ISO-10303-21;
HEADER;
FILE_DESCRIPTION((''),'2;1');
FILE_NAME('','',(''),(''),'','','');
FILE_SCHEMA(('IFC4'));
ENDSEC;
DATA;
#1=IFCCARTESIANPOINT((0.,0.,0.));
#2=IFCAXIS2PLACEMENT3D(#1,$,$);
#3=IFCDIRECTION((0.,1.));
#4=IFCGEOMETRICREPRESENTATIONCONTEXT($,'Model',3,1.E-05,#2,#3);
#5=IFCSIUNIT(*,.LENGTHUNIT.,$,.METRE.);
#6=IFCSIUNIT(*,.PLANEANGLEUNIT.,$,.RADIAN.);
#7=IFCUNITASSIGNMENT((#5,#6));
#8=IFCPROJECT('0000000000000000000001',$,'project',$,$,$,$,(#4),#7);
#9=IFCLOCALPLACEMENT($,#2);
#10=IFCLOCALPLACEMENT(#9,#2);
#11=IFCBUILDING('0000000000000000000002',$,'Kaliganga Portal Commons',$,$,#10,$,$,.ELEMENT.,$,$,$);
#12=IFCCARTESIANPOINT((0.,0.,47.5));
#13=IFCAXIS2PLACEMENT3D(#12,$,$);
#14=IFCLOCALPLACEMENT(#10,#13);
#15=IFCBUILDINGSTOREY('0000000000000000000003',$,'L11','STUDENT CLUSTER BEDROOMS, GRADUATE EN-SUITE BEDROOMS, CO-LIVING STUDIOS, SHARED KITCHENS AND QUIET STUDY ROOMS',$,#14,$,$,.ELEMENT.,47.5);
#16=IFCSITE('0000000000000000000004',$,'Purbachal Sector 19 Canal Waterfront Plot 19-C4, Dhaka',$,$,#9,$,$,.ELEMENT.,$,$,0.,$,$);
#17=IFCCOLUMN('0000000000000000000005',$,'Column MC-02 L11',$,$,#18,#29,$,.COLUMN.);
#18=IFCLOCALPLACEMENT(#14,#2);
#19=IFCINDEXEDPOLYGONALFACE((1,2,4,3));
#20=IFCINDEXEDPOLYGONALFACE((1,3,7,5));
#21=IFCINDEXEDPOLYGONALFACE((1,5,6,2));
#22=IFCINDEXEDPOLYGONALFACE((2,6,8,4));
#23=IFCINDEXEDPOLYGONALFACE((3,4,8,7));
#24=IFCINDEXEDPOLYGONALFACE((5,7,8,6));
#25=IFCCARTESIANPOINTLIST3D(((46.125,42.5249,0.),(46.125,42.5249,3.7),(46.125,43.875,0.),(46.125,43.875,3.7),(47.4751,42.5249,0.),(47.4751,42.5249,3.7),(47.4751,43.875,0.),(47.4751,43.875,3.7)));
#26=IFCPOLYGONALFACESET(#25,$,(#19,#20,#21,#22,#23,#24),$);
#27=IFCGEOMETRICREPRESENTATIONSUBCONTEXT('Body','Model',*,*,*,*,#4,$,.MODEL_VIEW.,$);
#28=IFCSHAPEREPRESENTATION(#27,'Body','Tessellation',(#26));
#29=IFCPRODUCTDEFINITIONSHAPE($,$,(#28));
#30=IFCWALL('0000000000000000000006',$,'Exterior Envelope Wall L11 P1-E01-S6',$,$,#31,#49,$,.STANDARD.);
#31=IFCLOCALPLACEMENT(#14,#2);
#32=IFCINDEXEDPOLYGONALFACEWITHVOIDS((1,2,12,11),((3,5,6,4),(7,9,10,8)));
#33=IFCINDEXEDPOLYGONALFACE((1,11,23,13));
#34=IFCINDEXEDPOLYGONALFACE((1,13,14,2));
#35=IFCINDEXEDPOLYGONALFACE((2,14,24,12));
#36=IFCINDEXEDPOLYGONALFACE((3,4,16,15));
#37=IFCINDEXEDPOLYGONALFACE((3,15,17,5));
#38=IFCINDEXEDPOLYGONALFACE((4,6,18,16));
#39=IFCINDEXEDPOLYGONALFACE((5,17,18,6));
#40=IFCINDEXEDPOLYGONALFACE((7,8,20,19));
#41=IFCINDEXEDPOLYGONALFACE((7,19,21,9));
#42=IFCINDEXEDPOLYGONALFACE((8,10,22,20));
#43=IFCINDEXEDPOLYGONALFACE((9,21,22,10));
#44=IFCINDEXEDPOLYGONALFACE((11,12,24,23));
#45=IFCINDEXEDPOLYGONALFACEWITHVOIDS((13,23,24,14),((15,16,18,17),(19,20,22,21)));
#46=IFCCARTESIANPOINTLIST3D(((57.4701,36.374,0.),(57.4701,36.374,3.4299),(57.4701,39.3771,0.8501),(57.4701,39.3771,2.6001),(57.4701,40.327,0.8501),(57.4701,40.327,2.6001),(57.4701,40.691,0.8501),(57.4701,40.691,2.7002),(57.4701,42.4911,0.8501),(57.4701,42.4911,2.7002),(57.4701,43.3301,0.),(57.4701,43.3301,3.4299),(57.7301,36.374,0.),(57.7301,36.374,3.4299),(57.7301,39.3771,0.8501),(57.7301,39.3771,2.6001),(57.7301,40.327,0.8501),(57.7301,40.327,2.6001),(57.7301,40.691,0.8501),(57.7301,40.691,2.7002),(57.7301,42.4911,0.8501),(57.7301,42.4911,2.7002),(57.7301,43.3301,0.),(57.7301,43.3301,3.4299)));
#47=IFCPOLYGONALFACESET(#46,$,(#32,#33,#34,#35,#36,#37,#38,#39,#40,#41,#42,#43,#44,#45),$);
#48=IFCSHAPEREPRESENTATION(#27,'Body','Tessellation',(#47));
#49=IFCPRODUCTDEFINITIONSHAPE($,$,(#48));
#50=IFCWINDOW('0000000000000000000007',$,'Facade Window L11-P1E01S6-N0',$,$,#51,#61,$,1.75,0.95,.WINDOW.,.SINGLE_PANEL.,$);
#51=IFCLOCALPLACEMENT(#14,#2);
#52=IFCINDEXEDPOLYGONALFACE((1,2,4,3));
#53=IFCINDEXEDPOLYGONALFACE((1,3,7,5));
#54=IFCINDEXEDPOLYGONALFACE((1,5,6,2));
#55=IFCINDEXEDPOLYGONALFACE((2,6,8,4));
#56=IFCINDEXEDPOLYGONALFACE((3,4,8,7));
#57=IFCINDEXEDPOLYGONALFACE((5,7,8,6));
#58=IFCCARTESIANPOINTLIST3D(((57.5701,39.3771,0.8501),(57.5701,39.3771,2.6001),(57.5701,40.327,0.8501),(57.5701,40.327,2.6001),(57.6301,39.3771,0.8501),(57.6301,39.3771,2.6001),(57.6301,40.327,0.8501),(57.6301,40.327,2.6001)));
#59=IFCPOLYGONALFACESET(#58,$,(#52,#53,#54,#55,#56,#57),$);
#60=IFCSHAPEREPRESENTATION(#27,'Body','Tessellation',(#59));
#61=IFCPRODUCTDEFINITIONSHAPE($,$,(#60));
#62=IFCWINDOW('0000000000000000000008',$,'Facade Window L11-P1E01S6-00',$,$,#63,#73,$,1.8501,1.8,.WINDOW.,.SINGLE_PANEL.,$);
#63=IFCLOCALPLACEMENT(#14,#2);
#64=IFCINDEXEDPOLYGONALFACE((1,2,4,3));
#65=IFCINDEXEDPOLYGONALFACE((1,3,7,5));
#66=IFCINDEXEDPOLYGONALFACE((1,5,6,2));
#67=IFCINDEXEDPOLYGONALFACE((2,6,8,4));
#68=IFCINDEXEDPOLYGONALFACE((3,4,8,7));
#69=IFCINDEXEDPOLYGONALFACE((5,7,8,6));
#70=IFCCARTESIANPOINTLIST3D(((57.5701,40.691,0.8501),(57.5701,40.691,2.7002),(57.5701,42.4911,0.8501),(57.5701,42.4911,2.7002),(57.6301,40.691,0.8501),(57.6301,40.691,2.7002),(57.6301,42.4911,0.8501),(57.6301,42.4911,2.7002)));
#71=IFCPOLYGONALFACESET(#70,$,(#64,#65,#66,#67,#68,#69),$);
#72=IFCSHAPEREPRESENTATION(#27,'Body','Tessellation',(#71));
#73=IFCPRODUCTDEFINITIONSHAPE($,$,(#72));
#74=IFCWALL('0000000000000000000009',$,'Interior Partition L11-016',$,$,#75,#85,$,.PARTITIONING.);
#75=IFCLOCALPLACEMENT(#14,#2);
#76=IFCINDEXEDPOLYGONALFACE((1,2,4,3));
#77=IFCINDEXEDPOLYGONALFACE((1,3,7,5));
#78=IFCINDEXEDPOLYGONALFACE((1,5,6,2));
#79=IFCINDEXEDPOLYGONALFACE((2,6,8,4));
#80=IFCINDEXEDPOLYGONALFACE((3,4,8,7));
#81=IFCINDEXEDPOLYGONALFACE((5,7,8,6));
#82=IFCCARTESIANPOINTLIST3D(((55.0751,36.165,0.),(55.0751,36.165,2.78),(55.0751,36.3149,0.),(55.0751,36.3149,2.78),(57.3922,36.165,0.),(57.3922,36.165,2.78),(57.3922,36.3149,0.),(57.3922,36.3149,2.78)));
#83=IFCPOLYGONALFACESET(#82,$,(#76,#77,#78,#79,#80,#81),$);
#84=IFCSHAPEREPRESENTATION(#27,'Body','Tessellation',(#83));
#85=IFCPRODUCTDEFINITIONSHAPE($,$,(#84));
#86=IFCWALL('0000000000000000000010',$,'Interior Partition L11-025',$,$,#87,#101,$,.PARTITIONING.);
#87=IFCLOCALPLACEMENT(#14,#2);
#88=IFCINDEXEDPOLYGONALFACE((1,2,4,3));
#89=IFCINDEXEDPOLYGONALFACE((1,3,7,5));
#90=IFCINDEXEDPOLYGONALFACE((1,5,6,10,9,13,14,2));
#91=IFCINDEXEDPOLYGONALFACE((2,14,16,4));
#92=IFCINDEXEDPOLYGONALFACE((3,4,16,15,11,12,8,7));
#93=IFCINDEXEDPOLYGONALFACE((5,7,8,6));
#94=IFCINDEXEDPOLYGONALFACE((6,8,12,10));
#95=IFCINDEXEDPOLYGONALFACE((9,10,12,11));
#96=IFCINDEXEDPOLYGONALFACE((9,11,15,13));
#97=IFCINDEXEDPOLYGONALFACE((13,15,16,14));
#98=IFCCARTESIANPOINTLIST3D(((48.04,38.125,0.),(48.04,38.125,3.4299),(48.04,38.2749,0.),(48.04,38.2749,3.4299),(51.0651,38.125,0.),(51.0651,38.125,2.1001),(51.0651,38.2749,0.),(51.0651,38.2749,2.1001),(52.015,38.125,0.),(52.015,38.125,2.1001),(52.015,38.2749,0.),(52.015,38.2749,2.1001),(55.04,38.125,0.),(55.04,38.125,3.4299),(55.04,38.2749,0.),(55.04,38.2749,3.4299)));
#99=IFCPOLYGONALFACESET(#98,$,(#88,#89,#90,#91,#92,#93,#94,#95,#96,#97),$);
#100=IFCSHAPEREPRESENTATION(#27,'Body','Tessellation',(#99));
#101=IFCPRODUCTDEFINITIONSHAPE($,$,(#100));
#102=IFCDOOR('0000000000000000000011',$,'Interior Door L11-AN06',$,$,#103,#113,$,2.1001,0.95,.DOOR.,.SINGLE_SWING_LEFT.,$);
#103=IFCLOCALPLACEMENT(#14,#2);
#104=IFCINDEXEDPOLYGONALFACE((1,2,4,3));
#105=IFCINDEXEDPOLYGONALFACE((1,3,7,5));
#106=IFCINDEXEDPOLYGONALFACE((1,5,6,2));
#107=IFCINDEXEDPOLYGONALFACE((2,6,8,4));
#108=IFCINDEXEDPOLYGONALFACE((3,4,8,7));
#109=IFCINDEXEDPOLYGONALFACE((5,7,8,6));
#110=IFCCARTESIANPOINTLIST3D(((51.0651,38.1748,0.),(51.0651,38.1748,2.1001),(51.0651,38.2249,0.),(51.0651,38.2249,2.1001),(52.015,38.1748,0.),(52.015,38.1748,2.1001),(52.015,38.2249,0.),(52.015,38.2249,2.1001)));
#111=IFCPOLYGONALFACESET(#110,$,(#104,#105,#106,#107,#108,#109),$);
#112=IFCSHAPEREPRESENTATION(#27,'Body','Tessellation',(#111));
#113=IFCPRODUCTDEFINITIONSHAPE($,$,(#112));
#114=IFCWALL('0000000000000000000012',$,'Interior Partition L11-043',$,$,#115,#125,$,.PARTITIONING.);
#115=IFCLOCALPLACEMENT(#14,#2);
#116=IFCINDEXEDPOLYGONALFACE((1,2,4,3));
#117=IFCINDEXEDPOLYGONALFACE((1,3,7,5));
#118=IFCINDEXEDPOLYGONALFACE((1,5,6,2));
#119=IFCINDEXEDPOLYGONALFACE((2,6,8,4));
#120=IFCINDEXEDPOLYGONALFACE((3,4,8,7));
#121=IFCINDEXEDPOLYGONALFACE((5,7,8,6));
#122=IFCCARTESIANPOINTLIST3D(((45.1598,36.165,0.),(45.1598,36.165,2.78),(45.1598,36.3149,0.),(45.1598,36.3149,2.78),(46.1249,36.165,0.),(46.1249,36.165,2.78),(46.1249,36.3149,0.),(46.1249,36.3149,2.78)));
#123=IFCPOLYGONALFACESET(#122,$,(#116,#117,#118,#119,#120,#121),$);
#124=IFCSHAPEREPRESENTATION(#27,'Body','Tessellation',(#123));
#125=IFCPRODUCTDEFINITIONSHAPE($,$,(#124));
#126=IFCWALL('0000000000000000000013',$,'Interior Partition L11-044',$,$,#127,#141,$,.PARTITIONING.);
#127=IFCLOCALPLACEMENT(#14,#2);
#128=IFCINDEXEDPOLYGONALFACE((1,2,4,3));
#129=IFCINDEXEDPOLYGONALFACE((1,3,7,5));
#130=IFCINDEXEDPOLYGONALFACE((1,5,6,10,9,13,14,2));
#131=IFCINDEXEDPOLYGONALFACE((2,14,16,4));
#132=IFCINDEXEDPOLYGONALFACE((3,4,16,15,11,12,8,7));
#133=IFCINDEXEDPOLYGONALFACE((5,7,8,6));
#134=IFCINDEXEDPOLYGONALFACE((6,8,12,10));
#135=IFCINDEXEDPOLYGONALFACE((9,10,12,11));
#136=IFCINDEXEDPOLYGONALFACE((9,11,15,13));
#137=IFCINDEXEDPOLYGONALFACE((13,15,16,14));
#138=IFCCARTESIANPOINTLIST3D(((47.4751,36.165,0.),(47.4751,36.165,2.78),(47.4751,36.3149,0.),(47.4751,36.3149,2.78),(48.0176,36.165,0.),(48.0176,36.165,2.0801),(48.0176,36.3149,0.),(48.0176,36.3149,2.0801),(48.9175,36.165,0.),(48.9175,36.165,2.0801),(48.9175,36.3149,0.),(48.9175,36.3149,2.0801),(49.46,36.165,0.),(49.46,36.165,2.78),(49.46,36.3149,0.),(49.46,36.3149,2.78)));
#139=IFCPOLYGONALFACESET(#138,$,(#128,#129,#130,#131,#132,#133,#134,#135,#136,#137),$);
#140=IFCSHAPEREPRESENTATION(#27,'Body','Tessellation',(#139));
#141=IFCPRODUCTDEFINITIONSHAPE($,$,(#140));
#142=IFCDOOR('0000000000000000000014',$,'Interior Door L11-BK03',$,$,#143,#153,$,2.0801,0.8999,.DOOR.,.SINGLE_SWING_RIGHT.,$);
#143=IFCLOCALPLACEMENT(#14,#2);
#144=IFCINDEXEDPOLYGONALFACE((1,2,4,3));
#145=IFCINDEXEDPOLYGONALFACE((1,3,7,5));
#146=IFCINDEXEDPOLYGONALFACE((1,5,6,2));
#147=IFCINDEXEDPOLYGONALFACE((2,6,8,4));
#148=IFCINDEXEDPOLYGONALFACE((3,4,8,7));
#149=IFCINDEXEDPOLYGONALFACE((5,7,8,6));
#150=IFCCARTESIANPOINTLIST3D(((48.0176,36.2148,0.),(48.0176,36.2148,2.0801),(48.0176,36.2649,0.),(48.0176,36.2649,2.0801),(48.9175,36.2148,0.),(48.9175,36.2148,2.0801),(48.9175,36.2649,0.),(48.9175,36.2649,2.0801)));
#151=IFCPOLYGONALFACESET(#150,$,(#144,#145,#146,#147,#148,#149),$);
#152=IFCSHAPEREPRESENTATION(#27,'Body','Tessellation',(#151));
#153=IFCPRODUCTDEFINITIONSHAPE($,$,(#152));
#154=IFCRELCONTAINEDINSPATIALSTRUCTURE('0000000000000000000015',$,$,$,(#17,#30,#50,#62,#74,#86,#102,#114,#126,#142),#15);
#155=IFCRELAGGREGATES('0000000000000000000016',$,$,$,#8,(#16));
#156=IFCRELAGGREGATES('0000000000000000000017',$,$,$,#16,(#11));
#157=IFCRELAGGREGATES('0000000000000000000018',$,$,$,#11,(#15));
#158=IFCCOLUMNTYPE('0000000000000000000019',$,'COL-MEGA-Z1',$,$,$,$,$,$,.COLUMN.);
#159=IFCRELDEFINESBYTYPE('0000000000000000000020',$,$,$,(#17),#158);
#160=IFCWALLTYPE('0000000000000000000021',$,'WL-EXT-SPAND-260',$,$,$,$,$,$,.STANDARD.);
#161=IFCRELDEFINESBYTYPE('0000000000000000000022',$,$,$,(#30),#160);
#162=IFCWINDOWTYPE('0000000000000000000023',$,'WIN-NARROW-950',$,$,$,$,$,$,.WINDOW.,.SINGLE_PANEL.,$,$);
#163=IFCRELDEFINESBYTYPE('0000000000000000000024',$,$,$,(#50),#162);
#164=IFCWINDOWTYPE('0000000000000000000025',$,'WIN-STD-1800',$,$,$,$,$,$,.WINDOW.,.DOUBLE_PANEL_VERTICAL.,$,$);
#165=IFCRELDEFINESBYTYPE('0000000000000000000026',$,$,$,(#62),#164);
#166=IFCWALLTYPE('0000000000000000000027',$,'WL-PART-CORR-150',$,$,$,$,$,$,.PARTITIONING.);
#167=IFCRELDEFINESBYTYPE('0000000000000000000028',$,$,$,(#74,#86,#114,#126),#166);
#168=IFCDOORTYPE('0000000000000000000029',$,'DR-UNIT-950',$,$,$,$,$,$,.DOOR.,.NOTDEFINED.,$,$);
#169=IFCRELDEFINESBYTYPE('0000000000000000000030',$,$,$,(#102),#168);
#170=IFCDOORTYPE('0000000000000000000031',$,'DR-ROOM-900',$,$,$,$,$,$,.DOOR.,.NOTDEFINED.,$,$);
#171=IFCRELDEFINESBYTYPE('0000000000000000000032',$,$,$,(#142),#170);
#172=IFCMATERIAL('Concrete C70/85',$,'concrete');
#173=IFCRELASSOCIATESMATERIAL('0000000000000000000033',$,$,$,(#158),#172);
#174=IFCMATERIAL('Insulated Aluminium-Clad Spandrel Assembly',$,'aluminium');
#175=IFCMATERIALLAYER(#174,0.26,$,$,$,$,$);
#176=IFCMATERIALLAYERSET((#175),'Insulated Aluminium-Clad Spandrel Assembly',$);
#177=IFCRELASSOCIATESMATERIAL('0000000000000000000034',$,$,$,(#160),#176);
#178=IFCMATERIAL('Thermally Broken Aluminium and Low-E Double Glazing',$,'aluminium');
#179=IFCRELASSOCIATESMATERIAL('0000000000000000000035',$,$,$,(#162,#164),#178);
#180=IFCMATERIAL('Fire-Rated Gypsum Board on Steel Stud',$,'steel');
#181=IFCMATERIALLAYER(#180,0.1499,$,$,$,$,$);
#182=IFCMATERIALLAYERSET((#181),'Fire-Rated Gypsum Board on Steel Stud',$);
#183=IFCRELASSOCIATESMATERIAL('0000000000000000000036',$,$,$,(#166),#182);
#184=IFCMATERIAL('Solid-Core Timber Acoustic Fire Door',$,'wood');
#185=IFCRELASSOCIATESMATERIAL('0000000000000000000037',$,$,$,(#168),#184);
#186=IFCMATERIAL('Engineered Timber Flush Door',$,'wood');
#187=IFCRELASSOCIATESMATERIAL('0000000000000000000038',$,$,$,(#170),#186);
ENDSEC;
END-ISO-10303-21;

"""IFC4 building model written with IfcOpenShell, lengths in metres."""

from ifc_helpers import new_model, si_unit, direction, frame, frame_2d, origin, origin_2d, place, context, subcontext, project, spatial, rectangle, extrude, source, transform, mapped, material, layer, layer_set, material_profile, profile_set, type_object, element, fill, save


model = new_model("IFC4")

# Units and contexts
model_context = context("Model", 3, precision=1e-05, world=origin(), true_north=direction((0.0, 1.0)))
body_context = subcontext(model_context, "Body", "Model", "MODEL_VIEW")
ifc_project = project(units=[si_unit("LENGTHUNIT", "METRE"), si_unit("PLANEANGLEUNIT", "RADIAN")], contexts=[model_context])

# Site, building, storey
site_placement = place(None, origin())
site = spatial("IfcSite", under=ifc_project, at=site_placement, Name="Purbachal Sector 19 Canal Waterfront Plot 19-C4, Dhaka", CompositionType="ELEMENT", RefElevation=0.0)
building_placement = place(site_placement, origin())
building = spatial("IfcBuilding", under=site, at=building_placement, Name="Kaliganga Portal Commons", CompositionType="ELEMENT")
storey_placement = place(building_placement, frame((0.0, 0.0, 47.5)))
storey = spatial("IfcBuildingStorey", under=building, at=storey_placement, Name="L11", Description="STUDENT CLUSTER BEDROOMS, GRADUATE EN-SUITE BEDROOMS, CO-LIVING STUDIOS, SHARED KITCHENS AND QUIET STUDY ROOMS", CompositionType="ELEMENT", Elevation=47.5)

# Column
ifc_material_1 = material(Name="Concrete C70/85", Category="concrete")
ifc_material_profile = material_profile(ifc_material_1, rectangle(XDim=1.3501, YDim=1.3501, at=origin_2d()), Name="RC 1350x1350")
ifc_profile_set = profile_set([ifc_material_profile], Name="Concrete C70/85")
column_type = type_object("IfcColumnType", Name="COL-MEGA-Z1", PredefinedType="COLUMN", material=ifc_profile_set)
shared_shape = source(origin(), body_context, "Body", "SweptSolid", [
    extrude(rectangle(XDim=1.3501, YDim=1.3501, at=origin_2d()), origin(), (0.0, 0.0, 1.0), 3.7),
])
column_placement = place(storey_placement, frame((46.8, 43.2, 0.0), z_axis=(0.0, 0.0, 1.0), x_axis=(1.0, 0.0, 0.0)))
element("IfcColumn", 1, at=column_placement, inside=storey, type_object=column_type, Name="Column MC-02 L11", PredefinedType="COLUMN", context=body_context, shape_type="MappedRepresentation", body=[
    mapped(shared_shape, transform((0.0, 0.0, 0.0), x_axis=(1.0, 0.0, 0.0), y_axis=(0.0, 1.0, 0.0), z_axis=(0.0, 0.0, 1.0), scale=1.0)),
])

# Wall, openings, windows
ifc_material_2 = material(Name="Insulated Aluminium-Clad Spandrel Assembly", Category="aluminium")
ifc_layer_1 = layer(ifc_material_2, 0.26)
ifc_layer_set_1 = layer_set([ifc_layer_1], Name="Insulated Aluminium-Clad Spandrel Assembly")
wall_type_1 = type_object("IfcWallType", Name="WL-EXT-SPAND-260", PredefinedType="STANDARD", material=ifc_layer_set_1)
wall_1_placement = place(storey_placement, frame((57.6001, 43.3301, 0.0), z_axis=(0.0, 0.0, 1.0), x_axis=(0.0, -1.0, 0.0)))
wall_1 = element("IfcWall", 2, at=wall_1_placement, inside=storey, type_object=wall_type_1, Name="Exterior Envelope Wall L11 P1-E01-S6", PredefinedType="STANDARD", context=body_context, shape_type="SweptSolid", body=[
    extrude(rectangle(XDim=6.9561, YDim=0.26, at=frame_2d((3.478, 0.0))), origin(), (0.0, 0.0, 1.0), 3.4299),
])
opening_1_placement = place(wall_1_placement, frame((0.8391, 0.0, 0.8501)))
opening_1 = element("IfcOpeningElement", 3, at=opening_1_placement, cuts=wall_1, PredefinedType="OPENING", context=body_context, shape_type="SweptSolid", body=[
    extrude(rectangle(XDim=1.8, YDim=1.8501, at=frame_2d((0.8999, 0.925))), frame((0.0, 0.1401, 0.0), z_axis=(0.0, -1.0, 0.0), x_axis=(1.0, 0.0, 0.0)), (0.0, 0.0, 1.0), 0.28),
])
opening_2_placement = place(wall_1_placement, frame((3.0029, 0.0, 0.8501)))
opening_2 = element("IfcOpeningElement", 4, at=opening_2_placement, cuts=wall_1, PredefinedType="OPENING", context=body_context, shape_type="SweptSolid", body=[
    extrude(rectangle(XDim=0.95, YDim=1.75, at=frame_2d((0.4751, 0.875))), frame((0.0, 0.1401, 0.0), z_axis=(0.0, -1.0, 0.0), x_axis=(1.0, 0.0, 0.0)), (0.0, 0.0, 1.0), 0.28),
])
ifc_material_3 = material(Name="Thermally Broken Aluminium and Low-E Double Glazing", Category="aluminium")
window_type_1 = type_object("IfcWindowType", Name="WIN-NARROW-950", PartitioningType="SINGLE_PANEL", PredefinedType="WINDOW", material=ifc_material_3)
window_1_placement = place(opening_2_placement, origin())
window_1 = element("IfcWindow", 5, at=window_1_placement, inside=storey, type_object=window_type_1, Name="Facade Window L11-P1E01S6-N0", OverallHeight=1.75, OverallWidth=0.95, PartitioningType="SINGLE_PANEL", PredefinedType="WINDOW", context=body_context, shape_type="SweptSolid", body=[
    extrude(rectangle(XDim=0.95, YDim=1.75, at=frame_2d((0.4751, 0.875))), frame((0.0, 0.03, 0.0), z_axis=(0.0, -1.0, 0.0), x_axis=(1.0, 0.0, 0.0)), (0.0, 0.0, 1.0), 0.0601),
])
fill(opening_2, window_1)
window_type_2 = type_object("IfcWindowType", Name="WIN-STD-1800", PartitioningType="DOUBLE_PANEL_VERTICAL", PredefinedType="WINDOW", material=ifc_material_3)
window_2_placement = place(opening_1_placement, origin())
window_2 = element("IfcWindow", 6, at=window_2_placement, inside=storey, type_object=window_type_2, Name="Facade Window L11-P1E01S6-00", OverallHeight=1.8501, OverallWidth=1.8, PartitioningType="SINGLE_PANEL", PredefinedType="WINDOW", context=body_context, shape_type="SweptSolid", body=[
    extrude(rectangle(XDim=1.8, YDim=1.8501, at=frame_2d((0.8999, 0.925))), frame((0.0, 0.03, 0.0), z_axis=(0.0, -1.0, 0.0), x_axis=(1.0, 0.0, 0.0)), (0.0, 0.0, 1.0), 0.0601),
])
fill(opening_1, window_2)

# Shared definitions
ifc_material_4 = material(Name="Fire-Rated Gypsum Board on Steel Stud", Category="steel")
ifc_layer_2 = layer(ifc_material_4, 0.1499)
ifc_layer_set_2 = layer_set([ifc_layer_2], Name="Fire-Rated Gypsum Board on Steel Stud")
wall_type_2 = type_object("IfcWallType", Name="WL-PART-CORR-150", PredefinedType="PARTITIONING", material=ifc_layer_set_2)

# Wall
wall_2_placement = place(storey_placement, frame((55.075, 36.24, 0.0), z_axis=(0.0, 0.0, 1.0), x_axis=(1.0, 0.0, 0.0)))
element("IfcWall", 7, at=wall_2_placement, inside=storey, type_object=wall_type_2, Name="Interior Partition L11-016", PredefinedType="PARTITIONING", context=body_context, shape_type="SweptSolid", body=[
    extrude(rectangle(XDim=2.3171, YDim=0.1499, at=frame_2d((1.1587, 0.0))), origin(), (0.0, 0.0, 1.0), 2.78),
])

# Wall, opening, door
wall_3_placement = place(storey_placement, frame((48.04, 38.2, 0.0), z_axis=(0.0, 0.0, 1.0), x_axis=(1.0, 0.0, 0.0)))
wall_3 = element("IfcWall", 8, at=wall_3_placement, inside=storey, type_object=wall_type_2, Name="Interior Partition L11-025", PredefinedType="PARTITIONING", context=body_context, shape_type="SweptSolid", body=[
    extrude(rectangle(XDim=7.0, YDim=0.1499, at=frame_2d((3.5, 0.0))), origin(), (0.0, 0.0, 1.0), 3.4299),
])
opening_3_placement = place(wall_3_placement, frame((3.0249, 0.0, 0.0)))
opening_3 = element("IfcOpeningElement", 9, at=opening_3_placement, cuts=wall_3, PredefinedType="OPENING", context=body_context, shape_type="SweptSolid", body=[
    extrude(rectangle(XDim=0.95, YDim=2.1001, at=frame_2d((0.4751, 1.05))), frame((0.0, 0.085, 0.0), z_axis=(0.0, -1.0, 0.0), x_axis=(1.0, 0.0, 0.0)), (0.0, 0.0, 1.0), 0.1699),
])
ifc_material_5 = material(Name="Solid-Core Timber Acoustic Fire Door", Category="wood")
door_type_1 = type_object("IfcDoorType", Name="DR-UNIT-950", OperationType="NOTDEFINED", PredefinedType="DOOR", material=ifc_material_5)
door_1_placement = place(opening_3_placement, origin())
door_1 = element("IfcDoor", 10, at=door_1_placement, inside=storey, type_object=door_type_1, Name="Interior Door L11-AN06", OperationType="SINGLE_SWING_LEFT", OverallHeight=2.1001, OverallWidth=0.95, PredefinedType="DOOR", context=body_context, shape_type="SweptSolid", body=[
    extrude(rectangle(XDim=0.95, YDim=2.1001, at=frame_2d((0.4751, 1.05))), frame((0.0, 0.0249, 0.0), z_axis=(0.0, -1.0, 0.0), x_axis=(1.0, 0.0, 0.0)), (0.0, 0.0, 1.0), 0.05),
])
fill(opening_3, door_1)

# Wall
wall_4_placement = place(storey_placement, frame((45.1599, 36.24, 0.0), z_axis=(0.0, 0.0, 1.0), x_axis=(1.0, 0.0, 0.0)))
element("IfcWall", 11, at=wall_4_placement, inside=storey, type_object=wall_type_2, Name="Interior Partition L11-043", PredefinedType="PARTITIONING", context=body_context, shape_type="SweptSolid", body=[
    extrude(rectangle(XDim=0.9651, YDim=0.1499, at=frame_2d((0.4824, 0.0))), origin(), (0.0, 0.0, 1.0), 2.78),
])

# Wall, opening, door
wall_5_placement = place(storey_placement, frame((47.4751, 36.24, 0.0), z_axis=(0.0, 0.0, 1.0), x_axis=(1.0, 0.0, 0.0)))
wall_5 = element("IfcWall", 12, at=wall_5_placement, inside=storey, type_object=wall_type_2, Name="Interior Partition L11-044", PredefinedType="PARTITIONING", context=body_context, shape_type="SweptSolid", body=[
    extrude(rectangle(XDim=1.9849, YDim=0.1499, at=frame_2d((0.9924, 0.0))), origin(), (0.0, 0.0, 1.0), 2.78),
])
opening_4_placement = place(wall_5_placement, frame((0.5425, 0.0, 0.0)))
opening_4 = element("IfcOpeningElement", 13, at=opening_4_placement, cuts=wall_5, PredefinedType="OPENING", context=body_context, shape_type="SweptSolid", body=[
    extrude(rectangle(XDim=0.8999, YDim=2.0801, at=frame_2d((0.45, 1.04))), frame((0.0, 0.085, 0.0), z_axis=(0.0, -1.0, 0.0), x_axis=(1.0, 0.0, 0.0)), (0.0, 0.0, 1.0), 0.1699),
])
ifc_material_6 = material(Name="Engineered Timber Flush Door", Category="wood")
door_type_2 = type_object("IfcDoorType", Name="DR-ROOM-900", OperationType="NOTDEFINED", PredefinedType="DOOR", material=ifc_material_6)
door_2_placement = place(opening_4_placement, origin())
door_2 = element("IfcDoor", 14, at=door_2_placement, inside=storey, type_object=door_type_2, Name="Interior Door L11-BK03", OperationType="SINGLE_SWING_RIGHT", OverallHeight=2.0801, OverallWidth=0.8999, PredefinedType="DOOR", context=body_context, shape_type="SweptSolid", body=[
    extrude(rectangle(XDim=0.8999, YDim=2.0801, at=frame_2d((0.45, 1.04))), frame((0.0, 0.0249, 0.0), z_axis=(0.0, -1.0, 0.0), x_axis=(1.0, 0.0, 0.0)), (0.0, 0.0, 1.0), 0.05),
])
fill(opening_4, door_2)

save(model, "model.ifc")
